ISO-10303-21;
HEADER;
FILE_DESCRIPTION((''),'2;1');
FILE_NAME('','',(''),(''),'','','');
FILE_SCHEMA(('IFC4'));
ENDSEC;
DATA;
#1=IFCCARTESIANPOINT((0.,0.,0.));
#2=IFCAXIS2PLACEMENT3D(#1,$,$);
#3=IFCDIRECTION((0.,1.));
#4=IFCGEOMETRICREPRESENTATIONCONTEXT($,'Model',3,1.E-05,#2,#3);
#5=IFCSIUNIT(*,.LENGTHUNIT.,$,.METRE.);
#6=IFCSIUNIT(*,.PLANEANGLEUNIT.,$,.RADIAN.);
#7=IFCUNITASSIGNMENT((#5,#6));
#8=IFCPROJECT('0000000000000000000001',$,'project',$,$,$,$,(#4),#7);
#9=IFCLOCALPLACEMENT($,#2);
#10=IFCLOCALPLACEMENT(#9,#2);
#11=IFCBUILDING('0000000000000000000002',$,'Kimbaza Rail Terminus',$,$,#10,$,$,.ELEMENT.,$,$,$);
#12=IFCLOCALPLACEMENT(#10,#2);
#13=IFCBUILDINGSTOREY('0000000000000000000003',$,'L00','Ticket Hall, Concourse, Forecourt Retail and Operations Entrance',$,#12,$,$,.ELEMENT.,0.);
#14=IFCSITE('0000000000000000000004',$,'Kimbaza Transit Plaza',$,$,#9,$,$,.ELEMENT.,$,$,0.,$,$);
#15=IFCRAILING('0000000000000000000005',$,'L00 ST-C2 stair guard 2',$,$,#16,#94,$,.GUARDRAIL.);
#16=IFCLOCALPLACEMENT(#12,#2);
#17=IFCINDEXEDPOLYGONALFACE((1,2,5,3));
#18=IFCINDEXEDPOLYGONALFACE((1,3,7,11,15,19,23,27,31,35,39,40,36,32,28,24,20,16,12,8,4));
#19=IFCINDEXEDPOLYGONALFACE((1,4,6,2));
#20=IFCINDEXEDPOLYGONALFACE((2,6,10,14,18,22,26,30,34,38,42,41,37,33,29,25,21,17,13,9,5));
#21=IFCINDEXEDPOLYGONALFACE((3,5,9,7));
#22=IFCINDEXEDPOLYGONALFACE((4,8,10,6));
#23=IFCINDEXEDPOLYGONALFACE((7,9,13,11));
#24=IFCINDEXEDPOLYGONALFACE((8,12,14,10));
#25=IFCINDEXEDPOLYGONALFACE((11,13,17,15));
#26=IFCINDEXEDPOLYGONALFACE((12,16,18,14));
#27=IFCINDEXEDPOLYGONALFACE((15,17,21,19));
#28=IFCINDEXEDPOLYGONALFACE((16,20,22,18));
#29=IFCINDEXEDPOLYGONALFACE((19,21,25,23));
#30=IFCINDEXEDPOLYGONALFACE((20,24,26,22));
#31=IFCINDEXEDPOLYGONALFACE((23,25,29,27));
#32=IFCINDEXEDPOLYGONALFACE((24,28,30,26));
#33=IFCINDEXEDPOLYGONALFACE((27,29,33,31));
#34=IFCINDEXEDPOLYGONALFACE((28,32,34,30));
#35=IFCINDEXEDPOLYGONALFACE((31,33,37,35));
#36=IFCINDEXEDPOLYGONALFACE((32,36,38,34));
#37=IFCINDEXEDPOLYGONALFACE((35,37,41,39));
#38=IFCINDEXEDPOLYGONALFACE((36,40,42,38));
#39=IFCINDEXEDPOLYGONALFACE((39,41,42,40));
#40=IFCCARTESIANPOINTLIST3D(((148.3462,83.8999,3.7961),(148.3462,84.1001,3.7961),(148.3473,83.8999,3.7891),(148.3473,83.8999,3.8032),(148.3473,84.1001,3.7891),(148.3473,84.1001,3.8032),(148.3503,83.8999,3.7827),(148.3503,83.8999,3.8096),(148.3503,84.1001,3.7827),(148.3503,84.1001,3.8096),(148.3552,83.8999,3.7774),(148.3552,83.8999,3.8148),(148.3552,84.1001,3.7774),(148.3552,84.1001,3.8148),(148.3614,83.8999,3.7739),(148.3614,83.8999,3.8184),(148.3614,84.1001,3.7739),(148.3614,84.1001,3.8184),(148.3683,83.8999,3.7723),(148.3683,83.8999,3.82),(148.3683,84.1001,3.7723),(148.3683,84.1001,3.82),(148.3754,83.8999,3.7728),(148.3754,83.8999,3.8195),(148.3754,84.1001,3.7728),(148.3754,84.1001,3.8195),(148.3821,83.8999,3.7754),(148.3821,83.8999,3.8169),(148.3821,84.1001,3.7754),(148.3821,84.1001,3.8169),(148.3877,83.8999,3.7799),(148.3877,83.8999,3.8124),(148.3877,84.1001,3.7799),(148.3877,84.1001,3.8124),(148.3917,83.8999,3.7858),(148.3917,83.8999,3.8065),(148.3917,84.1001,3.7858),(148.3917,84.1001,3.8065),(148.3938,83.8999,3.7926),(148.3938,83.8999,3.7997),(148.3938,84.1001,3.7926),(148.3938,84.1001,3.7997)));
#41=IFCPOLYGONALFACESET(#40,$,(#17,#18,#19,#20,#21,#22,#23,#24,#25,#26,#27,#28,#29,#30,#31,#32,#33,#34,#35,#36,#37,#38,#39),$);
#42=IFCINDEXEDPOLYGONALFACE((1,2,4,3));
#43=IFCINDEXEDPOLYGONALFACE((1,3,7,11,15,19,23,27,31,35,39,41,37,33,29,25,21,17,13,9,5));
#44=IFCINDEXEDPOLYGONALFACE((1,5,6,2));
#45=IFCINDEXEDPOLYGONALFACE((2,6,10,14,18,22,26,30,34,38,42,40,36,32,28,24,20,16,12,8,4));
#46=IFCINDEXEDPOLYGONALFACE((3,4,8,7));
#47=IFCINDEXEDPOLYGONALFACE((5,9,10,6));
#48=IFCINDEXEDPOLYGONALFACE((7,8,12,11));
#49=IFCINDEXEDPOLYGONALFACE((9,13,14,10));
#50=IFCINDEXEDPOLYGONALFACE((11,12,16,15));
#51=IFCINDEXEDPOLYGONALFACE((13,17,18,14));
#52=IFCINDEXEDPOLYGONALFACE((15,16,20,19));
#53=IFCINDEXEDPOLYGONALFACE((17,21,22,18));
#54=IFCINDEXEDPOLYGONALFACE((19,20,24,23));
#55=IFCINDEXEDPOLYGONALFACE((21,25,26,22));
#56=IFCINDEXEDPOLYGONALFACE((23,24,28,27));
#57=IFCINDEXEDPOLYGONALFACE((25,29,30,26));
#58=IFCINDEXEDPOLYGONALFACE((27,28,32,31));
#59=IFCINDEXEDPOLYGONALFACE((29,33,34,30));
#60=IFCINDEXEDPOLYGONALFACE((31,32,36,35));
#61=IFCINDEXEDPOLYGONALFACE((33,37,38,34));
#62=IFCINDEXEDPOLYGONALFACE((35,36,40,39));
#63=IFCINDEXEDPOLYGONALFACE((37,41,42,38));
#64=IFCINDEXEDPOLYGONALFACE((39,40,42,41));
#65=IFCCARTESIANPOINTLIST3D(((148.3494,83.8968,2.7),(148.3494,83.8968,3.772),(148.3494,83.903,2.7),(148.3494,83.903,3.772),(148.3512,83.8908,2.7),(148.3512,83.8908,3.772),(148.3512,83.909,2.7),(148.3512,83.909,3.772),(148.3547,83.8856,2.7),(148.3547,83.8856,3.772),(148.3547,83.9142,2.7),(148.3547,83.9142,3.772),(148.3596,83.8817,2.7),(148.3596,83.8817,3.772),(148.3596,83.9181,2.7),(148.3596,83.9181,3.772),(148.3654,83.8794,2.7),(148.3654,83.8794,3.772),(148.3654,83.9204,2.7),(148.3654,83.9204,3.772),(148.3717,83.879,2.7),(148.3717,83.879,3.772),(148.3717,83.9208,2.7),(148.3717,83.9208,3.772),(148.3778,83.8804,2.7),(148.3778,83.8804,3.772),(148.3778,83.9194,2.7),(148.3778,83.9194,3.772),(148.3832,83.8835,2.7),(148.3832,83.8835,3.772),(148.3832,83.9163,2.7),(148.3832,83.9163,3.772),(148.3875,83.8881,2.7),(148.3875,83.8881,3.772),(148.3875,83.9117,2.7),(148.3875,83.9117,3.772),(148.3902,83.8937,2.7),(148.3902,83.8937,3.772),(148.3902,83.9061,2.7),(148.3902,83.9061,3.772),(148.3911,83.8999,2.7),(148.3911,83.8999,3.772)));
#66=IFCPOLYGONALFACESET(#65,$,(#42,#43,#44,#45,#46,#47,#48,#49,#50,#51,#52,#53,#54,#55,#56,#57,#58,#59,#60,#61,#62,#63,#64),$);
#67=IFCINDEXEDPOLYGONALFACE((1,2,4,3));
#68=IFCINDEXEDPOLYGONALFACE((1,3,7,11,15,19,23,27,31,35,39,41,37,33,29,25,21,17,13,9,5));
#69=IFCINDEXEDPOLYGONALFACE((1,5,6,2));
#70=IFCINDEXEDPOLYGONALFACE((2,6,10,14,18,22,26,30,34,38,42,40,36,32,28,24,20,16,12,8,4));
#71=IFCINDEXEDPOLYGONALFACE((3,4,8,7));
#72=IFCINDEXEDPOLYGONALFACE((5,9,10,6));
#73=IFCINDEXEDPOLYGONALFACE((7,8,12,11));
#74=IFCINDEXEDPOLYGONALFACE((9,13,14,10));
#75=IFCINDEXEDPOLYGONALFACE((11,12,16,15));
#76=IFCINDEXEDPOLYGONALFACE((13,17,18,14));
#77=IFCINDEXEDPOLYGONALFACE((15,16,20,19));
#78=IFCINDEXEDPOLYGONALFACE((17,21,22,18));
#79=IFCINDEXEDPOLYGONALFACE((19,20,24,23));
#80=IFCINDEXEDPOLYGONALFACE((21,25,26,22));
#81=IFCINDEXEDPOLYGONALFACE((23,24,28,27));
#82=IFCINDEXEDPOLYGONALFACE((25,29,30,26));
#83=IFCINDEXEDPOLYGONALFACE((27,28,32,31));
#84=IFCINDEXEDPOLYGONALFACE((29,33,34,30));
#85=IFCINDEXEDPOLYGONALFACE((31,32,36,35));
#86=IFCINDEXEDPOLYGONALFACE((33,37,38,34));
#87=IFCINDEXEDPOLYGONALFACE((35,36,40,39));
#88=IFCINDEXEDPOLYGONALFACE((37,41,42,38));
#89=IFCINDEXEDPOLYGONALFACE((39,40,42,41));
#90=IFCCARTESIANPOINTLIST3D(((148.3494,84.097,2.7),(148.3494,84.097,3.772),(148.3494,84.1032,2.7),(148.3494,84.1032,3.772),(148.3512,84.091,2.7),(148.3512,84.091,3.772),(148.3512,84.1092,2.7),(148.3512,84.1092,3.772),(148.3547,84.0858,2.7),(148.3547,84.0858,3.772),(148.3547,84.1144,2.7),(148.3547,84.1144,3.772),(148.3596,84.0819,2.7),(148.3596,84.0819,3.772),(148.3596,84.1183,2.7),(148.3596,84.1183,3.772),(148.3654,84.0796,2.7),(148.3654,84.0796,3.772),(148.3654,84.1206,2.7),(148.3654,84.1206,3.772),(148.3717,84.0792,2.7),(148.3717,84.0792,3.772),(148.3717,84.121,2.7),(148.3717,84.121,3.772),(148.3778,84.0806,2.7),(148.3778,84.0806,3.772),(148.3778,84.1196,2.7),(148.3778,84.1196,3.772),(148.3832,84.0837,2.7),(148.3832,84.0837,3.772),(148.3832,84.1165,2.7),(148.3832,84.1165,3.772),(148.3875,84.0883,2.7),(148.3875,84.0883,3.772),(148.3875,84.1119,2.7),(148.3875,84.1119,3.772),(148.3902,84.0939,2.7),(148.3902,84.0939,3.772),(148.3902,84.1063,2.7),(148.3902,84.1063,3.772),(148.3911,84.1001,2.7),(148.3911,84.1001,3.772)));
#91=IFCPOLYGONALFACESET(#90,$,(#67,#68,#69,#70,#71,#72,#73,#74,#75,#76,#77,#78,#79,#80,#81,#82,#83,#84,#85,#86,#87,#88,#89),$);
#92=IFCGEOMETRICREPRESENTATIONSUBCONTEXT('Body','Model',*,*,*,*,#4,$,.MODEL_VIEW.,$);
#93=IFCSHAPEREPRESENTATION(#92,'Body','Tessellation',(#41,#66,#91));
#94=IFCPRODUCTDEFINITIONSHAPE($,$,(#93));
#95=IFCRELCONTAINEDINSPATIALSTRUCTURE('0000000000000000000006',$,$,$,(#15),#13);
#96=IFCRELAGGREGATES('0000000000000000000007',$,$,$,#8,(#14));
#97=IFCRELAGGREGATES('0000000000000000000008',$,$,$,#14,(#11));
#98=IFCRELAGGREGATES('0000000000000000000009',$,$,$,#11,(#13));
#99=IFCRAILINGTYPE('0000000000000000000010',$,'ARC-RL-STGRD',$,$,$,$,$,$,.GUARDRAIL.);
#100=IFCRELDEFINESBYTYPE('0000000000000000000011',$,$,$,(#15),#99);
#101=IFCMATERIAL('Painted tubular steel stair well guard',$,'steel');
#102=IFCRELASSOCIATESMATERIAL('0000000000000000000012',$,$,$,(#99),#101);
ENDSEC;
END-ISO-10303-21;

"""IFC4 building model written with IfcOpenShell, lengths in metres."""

from ifc_helpers import new_model, si_unit, direction, frame, origin, origin_2d, place, context, subcontext, project, spatial, circle, extrude, material, type_object, element, save


model = new_model("IFC4")

# Units and contexts
model_context = context("Model", 3, precision=1e-05, world=origin(), true_north=direction((0.0, 1.0)))
body_context = subcontext(model_context, "Body", "Model", "MODEL_VIEW")
ifc_project = project(units=[si_unit("LENGTHUNIT", "METRE"), si_unit("PLANEANGLEUNIT", "RADIAN")], contexts=[model_context])

# Site, building, storey
site_placement = place(None, origin())
site = spatial("IfcSite", under=ifc_project, at=site_placement, Name="Kimbaza Transit Plaza", CompositionType="ELEMENT", RefElevation=0.0)
building_placement = place(site_placement, origin())
building = spatial("IfcBuilding", under=site, at=building_placement, Name="Kimbaza Rail Terminus", CompositionType="ELEMENT")
storey_placement = place(building_placement, origin())
storey = spatial("IfcBuildingStorey", under=building, at=storey_placement, Name="L00", Description="Ticket Hall, Concourse, Forecourt Retail and Operations Entrance", CompositionType="ELEMENT", Elevation=0.0)

# Railing
ifc_material_1 = material(Name="Painted tubular steel stair well guard", Category="steel")
railing_type_1 = type_object("IfcRailingType", Name="ARC-RL-STGRD", PredefinedType="GUARDRAIL", material=ifc_material_1)
railing_1_placement = place(storey_placement, frame((148.3701, 83.8999, 2.7)))
element("IfcRailing", 1, at=railing_1_placement, inside=storey, type_object=railing_type_1, Name="L00 ST-C2 stair guard 2", PredefinedType="GUARDRAIL", context=body_context, shape_type="SweptSolid", body=[
    extrude(circle(Radius=0.0239, at=origin_2d()), frame((0.0, 0.0, 1.0962), z_axis=(0.0, 1.0, 0.0), x_axis=(-1.0, 0.0, 0.0)), (0.0, 0.0, 1.0), 0.2002),
    extrude(circle(Radius=0.021, at=origin_2d()), origin(), (0.0, 0.0, 1.0), 1.072),
    extrude(circle(Radius=0.021, at=origin_2d()), frame((0.0, 0.2002, 0.0)), (0.0, 0.0, 1.0), 1.072),
])

save(model, "model.ifc")
